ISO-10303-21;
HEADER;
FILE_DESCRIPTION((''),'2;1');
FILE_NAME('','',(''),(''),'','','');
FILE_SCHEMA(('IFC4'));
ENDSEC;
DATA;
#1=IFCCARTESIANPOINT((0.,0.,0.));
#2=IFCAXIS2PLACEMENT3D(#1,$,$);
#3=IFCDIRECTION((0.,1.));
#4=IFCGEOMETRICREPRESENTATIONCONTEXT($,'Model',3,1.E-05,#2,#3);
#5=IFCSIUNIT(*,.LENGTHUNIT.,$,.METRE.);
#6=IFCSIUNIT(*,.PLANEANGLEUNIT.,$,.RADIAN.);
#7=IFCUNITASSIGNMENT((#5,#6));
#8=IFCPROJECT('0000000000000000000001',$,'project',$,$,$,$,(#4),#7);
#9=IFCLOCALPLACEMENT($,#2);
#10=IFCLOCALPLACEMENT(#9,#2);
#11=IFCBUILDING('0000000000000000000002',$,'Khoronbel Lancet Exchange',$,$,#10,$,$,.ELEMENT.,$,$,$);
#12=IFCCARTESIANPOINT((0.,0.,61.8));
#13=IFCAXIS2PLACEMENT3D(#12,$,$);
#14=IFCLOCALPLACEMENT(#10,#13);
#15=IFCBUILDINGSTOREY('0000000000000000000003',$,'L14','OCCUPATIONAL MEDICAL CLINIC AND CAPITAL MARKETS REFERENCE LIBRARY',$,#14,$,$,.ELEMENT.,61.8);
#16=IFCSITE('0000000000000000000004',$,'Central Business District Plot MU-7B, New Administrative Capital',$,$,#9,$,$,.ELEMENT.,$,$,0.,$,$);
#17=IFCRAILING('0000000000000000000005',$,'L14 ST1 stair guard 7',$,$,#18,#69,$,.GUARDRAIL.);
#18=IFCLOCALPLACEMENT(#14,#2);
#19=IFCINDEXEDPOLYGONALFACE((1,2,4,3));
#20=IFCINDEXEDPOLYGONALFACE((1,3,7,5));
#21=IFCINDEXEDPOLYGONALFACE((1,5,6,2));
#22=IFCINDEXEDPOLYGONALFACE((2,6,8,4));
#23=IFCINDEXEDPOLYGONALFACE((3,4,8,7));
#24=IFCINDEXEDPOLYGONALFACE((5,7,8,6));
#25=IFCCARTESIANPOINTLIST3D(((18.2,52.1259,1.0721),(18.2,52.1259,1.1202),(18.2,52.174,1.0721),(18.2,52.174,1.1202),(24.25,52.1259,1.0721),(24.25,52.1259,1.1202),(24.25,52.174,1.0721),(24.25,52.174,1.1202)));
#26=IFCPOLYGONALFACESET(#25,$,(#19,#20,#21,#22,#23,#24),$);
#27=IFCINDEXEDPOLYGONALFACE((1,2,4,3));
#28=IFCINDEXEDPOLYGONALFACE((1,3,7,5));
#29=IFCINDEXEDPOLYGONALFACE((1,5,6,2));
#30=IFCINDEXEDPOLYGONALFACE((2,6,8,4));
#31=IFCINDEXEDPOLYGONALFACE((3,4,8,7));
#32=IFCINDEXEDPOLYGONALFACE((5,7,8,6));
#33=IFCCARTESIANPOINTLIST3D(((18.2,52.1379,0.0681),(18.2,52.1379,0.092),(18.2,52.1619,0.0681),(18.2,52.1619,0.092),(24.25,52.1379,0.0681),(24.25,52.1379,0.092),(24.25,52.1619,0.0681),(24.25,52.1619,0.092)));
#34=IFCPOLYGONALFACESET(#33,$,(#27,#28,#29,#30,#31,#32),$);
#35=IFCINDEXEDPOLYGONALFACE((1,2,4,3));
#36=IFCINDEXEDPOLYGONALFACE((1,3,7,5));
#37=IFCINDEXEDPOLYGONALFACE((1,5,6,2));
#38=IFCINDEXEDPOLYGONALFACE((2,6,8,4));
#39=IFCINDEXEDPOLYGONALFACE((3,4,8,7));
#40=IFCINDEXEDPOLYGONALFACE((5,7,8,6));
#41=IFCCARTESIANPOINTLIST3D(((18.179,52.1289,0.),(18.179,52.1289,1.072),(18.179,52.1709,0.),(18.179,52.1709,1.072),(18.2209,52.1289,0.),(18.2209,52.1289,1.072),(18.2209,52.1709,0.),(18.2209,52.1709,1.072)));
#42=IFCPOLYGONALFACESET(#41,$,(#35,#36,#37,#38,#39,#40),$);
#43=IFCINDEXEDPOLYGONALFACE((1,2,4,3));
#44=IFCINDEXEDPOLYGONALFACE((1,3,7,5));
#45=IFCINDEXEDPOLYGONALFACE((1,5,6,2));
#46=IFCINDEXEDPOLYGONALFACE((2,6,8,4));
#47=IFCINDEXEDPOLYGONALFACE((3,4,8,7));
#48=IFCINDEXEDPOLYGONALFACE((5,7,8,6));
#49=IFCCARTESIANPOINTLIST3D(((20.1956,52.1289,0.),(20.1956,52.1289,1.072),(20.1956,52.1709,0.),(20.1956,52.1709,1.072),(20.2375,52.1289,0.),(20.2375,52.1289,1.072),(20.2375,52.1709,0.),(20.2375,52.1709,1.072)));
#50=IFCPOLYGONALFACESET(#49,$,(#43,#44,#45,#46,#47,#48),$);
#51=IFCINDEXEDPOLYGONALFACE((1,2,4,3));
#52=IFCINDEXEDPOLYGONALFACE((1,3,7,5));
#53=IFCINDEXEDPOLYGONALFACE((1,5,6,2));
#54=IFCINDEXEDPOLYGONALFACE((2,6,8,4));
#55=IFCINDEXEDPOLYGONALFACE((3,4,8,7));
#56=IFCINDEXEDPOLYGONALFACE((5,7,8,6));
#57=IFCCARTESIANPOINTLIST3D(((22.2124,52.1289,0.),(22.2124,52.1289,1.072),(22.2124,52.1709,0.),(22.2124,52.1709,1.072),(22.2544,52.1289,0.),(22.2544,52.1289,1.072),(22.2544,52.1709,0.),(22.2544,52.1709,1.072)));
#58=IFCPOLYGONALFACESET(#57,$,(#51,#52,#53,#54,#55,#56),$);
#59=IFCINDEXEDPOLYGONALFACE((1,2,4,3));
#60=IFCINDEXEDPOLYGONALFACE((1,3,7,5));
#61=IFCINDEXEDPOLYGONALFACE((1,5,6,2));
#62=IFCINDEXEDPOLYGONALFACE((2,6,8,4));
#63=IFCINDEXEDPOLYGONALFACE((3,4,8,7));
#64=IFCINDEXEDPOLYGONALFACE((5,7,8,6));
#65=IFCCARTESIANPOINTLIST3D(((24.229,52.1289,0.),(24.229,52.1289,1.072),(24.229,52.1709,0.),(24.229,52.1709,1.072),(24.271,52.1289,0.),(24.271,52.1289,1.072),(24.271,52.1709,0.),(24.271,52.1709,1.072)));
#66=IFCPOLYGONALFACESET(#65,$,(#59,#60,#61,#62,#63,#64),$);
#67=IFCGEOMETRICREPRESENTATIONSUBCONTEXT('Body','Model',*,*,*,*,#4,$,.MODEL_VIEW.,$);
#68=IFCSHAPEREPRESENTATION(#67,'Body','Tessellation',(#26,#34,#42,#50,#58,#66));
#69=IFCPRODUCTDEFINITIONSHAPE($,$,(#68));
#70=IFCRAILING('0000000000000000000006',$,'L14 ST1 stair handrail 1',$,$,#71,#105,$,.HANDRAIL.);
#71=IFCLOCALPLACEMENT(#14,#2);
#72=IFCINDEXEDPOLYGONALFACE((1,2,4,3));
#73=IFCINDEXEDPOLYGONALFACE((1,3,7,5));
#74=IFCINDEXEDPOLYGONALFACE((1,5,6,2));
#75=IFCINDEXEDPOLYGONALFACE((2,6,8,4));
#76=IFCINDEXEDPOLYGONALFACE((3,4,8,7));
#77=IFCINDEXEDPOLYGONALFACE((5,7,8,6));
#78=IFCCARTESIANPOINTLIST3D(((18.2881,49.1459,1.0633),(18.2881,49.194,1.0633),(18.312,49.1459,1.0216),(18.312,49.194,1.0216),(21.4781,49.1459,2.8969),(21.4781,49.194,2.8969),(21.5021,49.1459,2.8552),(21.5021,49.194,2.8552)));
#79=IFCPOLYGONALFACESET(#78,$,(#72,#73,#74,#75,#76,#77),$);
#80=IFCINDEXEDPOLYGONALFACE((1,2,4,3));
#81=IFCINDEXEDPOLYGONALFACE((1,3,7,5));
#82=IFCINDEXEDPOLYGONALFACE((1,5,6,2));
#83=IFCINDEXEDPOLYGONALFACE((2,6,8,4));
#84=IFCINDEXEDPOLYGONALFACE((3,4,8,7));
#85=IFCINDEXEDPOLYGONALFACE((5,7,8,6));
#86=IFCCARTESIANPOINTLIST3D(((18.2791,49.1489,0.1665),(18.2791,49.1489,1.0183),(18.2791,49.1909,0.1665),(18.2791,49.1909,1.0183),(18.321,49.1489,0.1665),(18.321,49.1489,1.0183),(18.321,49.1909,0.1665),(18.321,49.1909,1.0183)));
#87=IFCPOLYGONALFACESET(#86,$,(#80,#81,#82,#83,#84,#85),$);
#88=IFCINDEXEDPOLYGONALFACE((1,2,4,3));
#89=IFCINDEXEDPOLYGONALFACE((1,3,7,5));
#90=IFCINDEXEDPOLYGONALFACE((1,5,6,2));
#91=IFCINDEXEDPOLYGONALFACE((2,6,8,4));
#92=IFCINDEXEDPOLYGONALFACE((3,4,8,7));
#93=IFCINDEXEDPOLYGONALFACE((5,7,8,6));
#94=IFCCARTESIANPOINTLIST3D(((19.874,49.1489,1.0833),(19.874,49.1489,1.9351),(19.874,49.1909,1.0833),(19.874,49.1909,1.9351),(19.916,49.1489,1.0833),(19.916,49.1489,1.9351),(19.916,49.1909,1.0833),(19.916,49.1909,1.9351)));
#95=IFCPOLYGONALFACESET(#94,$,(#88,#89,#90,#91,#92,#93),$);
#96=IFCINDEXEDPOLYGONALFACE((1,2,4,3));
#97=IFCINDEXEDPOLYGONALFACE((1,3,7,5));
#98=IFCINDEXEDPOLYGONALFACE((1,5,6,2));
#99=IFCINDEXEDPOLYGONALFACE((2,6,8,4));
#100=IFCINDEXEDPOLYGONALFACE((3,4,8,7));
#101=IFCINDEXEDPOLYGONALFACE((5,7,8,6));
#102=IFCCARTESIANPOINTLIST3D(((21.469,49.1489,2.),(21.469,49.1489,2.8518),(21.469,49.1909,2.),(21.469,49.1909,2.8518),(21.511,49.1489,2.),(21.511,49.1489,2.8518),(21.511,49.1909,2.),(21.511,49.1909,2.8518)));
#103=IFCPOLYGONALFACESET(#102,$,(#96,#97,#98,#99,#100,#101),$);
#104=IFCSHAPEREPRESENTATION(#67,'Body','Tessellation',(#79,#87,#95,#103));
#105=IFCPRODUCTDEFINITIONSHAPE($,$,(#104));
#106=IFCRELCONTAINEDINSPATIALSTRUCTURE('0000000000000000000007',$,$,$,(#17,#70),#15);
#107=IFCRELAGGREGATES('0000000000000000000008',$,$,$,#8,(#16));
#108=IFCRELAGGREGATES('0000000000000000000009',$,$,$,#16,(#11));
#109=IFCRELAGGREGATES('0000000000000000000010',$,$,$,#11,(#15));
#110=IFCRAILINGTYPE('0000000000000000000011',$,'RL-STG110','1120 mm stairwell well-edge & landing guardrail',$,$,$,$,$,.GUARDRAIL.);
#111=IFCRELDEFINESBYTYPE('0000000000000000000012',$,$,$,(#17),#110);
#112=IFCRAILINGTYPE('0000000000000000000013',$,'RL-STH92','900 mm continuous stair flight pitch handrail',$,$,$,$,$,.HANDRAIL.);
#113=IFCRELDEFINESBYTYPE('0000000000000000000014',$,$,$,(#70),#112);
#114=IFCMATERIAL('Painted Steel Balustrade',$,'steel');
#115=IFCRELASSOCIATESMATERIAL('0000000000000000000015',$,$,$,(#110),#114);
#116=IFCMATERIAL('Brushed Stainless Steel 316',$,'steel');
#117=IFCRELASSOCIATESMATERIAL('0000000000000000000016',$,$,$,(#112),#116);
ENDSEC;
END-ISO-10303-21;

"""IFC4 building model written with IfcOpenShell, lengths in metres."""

from ifc_helpers import new_model, si_unit, direction, frame, origin, origin_2d, place, context, subcontext, project, spatial, rectangle, extrude, material, type_object, element, save


model = new_model("IFC4")

# Units and contexts
model_context = context("Model", 3, precision=1e-05, world=origin(), true_north=direction((0.0, 1.0)))
body_context = subcontext(model_context, "Body", "Model", "MODEL_VIEW")
ifc_project = project(units=[si_unit("LENGTHUNIT", "METRE"), si_unit("PLANEANGLEUNIT", "RADIAN")], contexts=[model_context])

# Site, building, storey
site_placement = place(None, origin())
site = spatial("IfcSite", under=ifc_project, at=site_placement, Name="Central Business District Plot MU-7B, New Administrative Capital", CompositionType="ELEMENT", RefElevation=0.0)
building_placement = place(site_placement, origin())
building = spatial("IfcBuilding", under=site, at=building_placement, Name="Khoronbel Lancet Exchange", CompositionType="ELEMENT")
storey_placement = place(building_placement, frame((0.0, 0.0, 61.8)))
storey = spatial("IfcBuildingStorey", under=building, at=storey_placement, Name="L14", Description="OCCUPATIONAL MEDICAL CLINIC AND CAPITAL MARKETS REFERENCE LIBRARY", CompositionType="ELEMENT", Elevation=61.8)

# Railings
ifc_material_1 = material(Name="Painted Steel Balustrade", Category="steel")
railing_type_1 = type_object("IfcRailingType", Name="RL-STG110", Description="1120 mm stairwell well-edge & landing guardrail", PredefinedType="GUARDRAIL", material=ifc_material_1)
railing_1_placement = place(storey_placement, frame((18.2, 52.1499, 0.0)))
element("IfcRailing", 1, at=railing_1_placement, inside=storey, type_object=railing_type_1, Name="L14 ST1 stair guard 7", PredefinedType="GUARDRAIL", context=body_context, shape_type="SweptSolid", body=[
    extrude(rectangle(XDim=0.0481, YDim=0.0481, at=origin_2d()), frame((0.0, 0.0, 1.0962), z_axis=(1.0, 0.0, 0.0), x_axis=(0.0, 1.0, 0.0)), (0.0, 0.0, 1.0), 6.05),
    extrude(rectangle(XDim=0.0239, YDim=0.0239, at=origin_2d()), frame((0.0, 0.0, 0.0801), z_axis=(1.0, 0.0, 0.0), x_axis=(0.0, 1.0, 0.0)), (0.0, 0.0, 1.0), 6.05),
    extrude(rectangle(XDim=0.042, YDim=0.042, at=origin_2d()), origin(), (0.0, 0.0, 1.0), 1.072),
    extrude(rectangle(XDim=0.042, YDim=0.042, at=origin_2d()), frame((2.0166, 0.0, 0.0)), (0.0, 0.0, 1.0), 1.072),
    extrude(rectangle(XDim=0.042, YDim=0.042, at=origin_2d()), frame((4.0334, 0.0, 0.0)), (0.0, 0.0, 1.0), 1.072),
    extrude(rectangle(XDim=0.042, YDim=0.042, at=origin_2d()), frame((6.05, 0.0, 0.0)), (0.0, 0.0, 1.0), 1.072),
])
ifc_material_2 = material(Name="Brushed Stainless Steel 316", Category="steel")
railing_type_2 = type_object("IfcRailingType", Name="RL-STH92", Description="900 mm continuous stair flight pitch handrail", PredefinedType="HANDRAIL", material=ifc_material_2)
railing_2_placement = place(storey_placement, frame((18.3, 49.1699, 0.1665)))
element("IfcRailing", 2, at=railing_2_placement, inside=storey, type_object=railing_type_2, Name="L14 ST1 stair handrail 1", PredefinedType="HANDRAIL", context=body_context, shape_type="SweptSolid", body=[
    extrude(rectangle(XDim=0.0481, YDim=0.0481, at=origin_2d()), frame((0.0, 0.0, 0.876), z_axis=(0.866991, 0.0, 0.498324), x_axis=(0.0, 1.0, 0.0)), (0.0, 0.0, 1.0), 3.6794),
    extrude(rectangle(XDim=0.042, YDim=0.042, at=origin_2d()), origin(), (0.0, 0.0, 1.0), 0.8518),
    extrude(rectangle(XDim=0.042, YDim=0.042, at=origin_2d()), frame((1.595, 0.0, 0.9167)), (0.0, 0.0, 1.0), 0.8518),
    extrude(rectangle(XDim=0.042, YDim=0.042, at=origin_2d()), frame((3.1899, 0.0, 1.8335)), (0.0, 0.0, 1.0), 0.8518),
])

save(model, "model.ifc")
